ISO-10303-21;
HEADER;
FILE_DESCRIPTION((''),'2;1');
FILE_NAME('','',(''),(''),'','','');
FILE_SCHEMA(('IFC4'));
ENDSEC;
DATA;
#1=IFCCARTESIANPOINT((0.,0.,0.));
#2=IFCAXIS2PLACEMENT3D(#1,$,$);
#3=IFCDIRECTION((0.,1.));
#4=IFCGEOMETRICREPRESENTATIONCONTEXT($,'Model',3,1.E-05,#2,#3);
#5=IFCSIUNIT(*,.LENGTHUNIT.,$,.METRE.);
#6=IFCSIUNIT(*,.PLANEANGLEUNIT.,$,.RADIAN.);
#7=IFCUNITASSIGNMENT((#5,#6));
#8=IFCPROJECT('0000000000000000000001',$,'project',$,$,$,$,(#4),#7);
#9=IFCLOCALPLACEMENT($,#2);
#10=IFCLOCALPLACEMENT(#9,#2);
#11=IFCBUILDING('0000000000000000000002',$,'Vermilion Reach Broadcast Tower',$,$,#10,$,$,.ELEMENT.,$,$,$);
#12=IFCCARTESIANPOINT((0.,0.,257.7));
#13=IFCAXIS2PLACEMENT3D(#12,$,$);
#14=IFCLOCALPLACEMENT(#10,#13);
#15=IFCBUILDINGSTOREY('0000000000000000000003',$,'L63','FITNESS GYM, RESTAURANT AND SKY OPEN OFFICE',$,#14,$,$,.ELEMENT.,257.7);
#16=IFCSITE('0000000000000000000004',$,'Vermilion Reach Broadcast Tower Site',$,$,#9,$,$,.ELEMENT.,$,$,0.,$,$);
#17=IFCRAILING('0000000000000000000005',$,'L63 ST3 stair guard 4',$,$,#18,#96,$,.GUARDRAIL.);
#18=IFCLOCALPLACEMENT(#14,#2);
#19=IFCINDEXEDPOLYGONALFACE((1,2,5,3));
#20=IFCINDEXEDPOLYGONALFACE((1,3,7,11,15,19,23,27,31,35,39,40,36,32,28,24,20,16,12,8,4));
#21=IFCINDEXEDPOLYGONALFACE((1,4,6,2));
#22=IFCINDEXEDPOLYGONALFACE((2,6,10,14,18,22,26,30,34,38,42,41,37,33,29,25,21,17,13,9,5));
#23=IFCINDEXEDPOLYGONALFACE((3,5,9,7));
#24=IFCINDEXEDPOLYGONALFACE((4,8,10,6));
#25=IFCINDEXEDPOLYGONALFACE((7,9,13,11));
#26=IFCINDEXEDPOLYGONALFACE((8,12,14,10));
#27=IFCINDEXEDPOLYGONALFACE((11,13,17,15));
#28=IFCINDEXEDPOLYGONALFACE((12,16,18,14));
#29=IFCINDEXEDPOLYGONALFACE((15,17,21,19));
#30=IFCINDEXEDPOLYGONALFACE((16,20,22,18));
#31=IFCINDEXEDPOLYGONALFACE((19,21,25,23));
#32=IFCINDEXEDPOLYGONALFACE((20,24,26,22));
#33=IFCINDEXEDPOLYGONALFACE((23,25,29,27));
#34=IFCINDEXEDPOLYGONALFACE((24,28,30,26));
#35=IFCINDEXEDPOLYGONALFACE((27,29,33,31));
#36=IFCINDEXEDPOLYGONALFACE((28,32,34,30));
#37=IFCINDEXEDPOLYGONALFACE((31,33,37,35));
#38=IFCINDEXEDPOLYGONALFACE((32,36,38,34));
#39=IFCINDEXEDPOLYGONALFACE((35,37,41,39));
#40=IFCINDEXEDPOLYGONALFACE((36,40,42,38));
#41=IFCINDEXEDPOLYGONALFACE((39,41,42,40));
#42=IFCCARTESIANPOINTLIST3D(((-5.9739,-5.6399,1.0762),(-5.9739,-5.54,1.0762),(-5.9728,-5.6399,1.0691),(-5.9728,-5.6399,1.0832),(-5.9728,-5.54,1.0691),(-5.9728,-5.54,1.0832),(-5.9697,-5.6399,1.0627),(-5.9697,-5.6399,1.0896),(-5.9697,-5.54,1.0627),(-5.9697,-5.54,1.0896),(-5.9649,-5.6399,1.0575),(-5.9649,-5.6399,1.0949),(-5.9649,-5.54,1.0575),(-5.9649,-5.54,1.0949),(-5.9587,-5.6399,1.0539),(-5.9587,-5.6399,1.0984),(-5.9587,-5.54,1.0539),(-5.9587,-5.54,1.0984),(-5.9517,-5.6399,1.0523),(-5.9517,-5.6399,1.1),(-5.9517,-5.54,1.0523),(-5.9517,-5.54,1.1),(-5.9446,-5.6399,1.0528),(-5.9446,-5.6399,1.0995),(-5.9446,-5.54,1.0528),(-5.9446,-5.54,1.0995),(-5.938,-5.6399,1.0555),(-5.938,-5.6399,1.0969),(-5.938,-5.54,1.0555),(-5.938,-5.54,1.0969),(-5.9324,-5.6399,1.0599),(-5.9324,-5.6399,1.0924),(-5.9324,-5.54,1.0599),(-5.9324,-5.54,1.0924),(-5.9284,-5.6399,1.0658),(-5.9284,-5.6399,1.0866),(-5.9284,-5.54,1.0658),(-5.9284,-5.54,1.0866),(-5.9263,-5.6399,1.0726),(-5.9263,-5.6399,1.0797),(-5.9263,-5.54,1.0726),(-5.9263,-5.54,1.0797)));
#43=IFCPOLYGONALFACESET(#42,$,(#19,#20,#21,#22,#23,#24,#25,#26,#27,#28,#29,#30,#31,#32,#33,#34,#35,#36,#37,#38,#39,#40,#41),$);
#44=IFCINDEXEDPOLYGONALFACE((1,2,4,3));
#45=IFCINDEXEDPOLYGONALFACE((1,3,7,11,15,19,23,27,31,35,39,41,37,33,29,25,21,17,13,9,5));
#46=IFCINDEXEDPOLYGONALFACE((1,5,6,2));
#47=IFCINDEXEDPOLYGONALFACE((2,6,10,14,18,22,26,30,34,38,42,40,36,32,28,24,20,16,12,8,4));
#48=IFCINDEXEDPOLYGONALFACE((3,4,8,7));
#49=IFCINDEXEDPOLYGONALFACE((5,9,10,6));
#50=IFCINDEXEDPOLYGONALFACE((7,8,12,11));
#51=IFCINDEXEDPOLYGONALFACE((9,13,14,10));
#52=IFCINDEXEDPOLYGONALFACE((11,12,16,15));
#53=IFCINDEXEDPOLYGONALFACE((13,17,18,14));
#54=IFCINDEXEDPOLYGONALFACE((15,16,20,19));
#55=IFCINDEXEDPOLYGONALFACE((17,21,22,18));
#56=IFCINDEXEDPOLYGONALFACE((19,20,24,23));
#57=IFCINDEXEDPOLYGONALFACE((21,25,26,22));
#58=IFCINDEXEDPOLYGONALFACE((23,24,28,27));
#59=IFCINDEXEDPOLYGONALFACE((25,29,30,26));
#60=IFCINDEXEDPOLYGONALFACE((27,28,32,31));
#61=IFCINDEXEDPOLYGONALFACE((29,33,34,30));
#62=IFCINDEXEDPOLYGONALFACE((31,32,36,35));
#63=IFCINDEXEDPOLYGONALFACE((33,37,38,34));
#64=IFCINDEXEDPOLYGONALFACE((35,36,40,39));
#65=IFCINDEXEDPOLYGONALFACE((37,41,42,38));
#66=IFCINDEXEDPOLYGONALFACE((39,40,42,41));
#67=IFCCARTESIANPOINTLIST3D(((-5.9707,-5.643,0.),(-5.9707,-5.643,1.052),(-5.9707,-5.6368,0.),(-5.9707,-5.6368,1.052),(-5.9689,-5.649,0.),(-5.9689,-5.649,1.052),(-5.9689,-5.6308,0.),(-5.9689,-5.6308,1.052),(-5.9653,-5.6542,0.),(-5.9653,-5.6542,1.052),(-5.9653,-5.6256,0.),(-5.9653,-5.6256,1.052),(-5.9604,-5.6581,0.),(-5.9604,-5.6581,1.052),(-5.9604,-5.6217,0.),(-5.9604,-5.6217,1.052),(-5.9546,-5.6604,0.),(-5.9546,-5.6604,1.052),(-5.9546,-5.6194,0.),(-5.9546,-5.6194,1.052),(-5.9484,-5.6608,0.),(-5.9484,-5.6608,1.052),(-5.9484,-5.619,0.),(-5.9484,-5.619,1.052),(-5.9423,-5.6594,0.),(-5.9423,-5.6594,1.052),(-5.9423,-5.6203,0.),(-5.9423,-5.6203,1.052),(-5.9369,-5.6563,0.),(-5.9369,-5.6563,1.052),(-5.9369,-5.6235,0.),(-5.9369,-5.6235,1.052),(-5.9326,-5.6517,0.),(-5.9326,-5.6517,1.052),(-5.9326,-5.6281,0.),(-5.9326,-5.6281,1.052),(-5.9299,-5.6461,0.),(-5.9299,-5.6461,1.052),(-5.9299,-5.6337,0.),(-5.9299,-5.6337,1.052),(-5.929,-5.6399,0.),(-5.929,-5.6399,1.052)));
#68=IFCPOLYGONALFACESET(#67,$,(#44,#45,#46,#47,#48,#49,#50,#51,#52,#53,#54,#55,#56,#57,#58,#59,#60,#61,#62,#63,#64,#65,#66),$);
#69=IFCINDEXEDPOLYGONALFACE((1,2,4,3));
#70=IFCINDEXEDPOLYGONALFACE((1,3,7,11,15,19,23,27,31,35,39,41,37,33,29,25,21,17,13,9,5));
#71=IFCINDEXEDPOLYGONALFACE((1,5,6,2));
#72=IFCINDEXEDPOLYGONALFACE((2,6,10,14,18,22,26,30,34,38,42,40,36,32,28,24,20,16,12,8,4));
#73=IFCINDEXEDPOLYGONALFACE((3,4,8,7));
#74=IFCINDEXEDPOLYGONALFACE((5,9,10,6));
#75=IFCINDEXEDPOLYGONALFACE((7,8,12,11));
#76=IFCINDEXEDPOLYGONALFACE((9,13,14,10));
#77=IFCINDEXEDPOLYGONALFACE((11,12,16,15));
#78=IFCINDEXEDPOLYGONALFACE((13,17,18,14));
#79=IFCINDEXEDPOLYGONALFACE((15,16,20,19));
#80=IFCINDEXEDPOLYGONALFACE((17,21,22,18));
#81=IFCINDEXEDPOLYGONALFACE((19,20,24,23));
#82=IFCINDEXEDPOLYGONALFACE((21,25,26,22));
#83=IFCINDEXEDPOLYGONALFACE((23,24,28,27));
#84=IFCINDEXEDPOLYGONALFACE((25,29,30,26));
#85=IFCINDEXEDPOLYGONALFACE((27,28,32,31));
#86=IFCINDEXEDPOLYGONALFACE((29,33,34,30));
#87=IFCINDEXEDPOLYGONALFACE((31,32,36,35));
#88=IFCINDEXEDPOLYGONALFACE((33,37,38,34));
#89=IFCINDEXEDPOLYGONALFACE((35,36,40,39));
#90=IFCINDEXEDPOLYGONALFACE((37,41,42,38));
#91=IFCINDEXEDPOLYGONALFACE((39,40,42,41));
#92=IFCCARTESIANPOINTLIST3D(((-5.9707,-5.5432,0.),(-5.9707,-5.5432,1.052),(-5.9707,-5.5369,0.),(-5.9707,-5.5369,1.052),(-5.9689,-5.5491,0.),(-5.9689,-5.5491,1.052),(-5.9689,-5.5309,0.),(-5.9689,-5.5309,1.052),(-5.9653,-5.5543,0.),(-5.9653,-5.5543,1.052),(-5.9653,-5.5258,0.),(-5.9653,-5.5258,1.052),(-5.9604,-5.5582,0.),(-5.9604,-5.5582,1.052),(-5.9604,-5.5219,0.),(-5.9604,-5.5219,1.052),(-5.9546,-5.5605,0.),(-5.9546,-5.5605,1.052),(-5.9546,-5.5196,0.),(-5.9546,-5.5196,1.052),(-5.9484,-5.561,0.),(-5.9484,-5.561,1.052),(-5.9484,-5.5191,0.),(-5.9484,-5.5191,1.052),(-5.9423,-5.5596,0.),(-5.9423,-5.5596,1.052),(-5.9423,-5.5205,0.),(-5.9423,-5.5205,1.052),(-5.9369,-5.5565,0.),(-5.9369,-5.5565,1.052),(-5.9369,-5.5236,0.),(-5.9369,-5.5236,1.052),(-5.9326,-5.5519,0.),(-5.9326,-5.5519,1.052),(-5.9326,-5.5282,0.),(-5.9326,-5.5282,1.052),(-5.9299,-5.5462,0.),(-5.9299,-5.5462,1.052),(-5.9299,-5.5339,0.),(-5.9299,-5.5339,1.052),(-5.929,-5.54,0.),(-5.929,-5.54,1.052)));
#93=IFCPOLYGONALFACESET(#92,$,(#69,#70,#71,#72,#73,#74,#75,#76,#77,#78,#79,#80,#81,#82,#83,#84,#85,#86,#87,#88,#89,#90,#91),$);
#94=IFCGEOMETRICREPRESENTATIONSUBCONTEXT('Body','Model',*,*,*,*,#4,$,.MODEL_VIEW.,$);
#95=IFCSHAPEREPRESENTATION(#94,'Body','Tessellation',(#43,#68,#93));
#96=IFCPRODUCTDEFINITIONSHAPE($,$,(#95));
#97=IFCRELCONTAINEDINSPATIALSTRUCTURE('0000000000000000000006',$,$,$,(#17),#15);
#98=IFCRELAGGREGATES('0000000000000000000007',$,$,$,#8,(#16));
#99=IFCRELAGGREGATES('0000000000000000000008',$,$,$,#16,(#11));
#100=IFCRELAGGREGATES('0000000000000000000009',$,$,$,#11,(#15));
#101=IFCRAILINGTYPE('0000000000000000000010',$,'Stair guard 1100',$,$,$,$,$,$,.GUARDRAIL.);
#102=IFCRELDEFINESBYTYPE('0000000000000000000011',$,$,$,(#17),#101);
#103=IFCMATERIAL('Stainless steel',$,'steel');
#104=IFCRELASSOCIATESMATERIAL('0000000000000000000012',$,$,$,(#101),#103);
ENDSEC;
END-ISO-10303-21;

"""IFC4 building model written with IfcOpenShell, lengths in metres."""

from ifc_helpers import new_model, si_unit, direction, frame, origin, origin_2d, place, context, subcontext, project, spatial, circle, extrude, material, type_object, element, save


model = new_model("IFC4")

# Units and contexts
model_context = context("Model", 3, precision=1e-05, world=origin(), true_north=direction((0.0, 1.0)))
body_context = subcontext(model_context, "Body", "Model", "MODEL_VIEW")
ifc_project = project(units=[si_unit("LENGTHUNIT", "METRE"), si_unit("PLANEANGLEUNIT", "RADIAN")], contexts=[model_context])

# Site, building, storey
site_placement = place(None, origin())
site = spatial("IfcSite", under=ifc_project, at=site_placement, Name="Vermilion Reach Broadcast Tower Site", CompositionType="ELEMENT", RefElevation=0.0)
building_placement = place(site_placement, origin())
building = spatial("IfcBuilding", under=site, at=building_placement, Name="Vermilion Reach Broadcast Tower", CompositionType="ELEMENT")
storey_placement = place(building_placement, frame((0.0, 0.0, 257.7)))
storey = spatial("IfcBuildingStorey", under=building, at=storey_placement, Name="L63", Description="FITNESS GYM, RESTAURANT AND SKY OPEN OFFICE", CompositionType="ELEMENT", Elevation=257.7)

# Railing
ifc_material_1 = material(Name="Stainless steel", Category="steel")
railing_type_1 = type_object("IfcRailingType", Name="Stair guard 1100", PredefinedType="GUARDRAIL", material=ifc_material_1)
railing_1_placement = place(storey_placement, frame((-5.95, -5.6399, 0.0)))
element("IfcRailing", 1, at=railing_1_placement, inside=storey, type_object=railing_type_1, Name="L63 ST3 stair guard 4", PredefinedType="GUARDRAIL", context=body_context, shape_type="SweptSolid", body=[
    extrude(circle(Radius=0.0239, at=origin_2d()), frame((0.0, 0.0, 1.0762), z_axis=(0.0, 1.0, 0.0), x_axis=(-1.0, 0.0, 0.0)), (0.0, 0.0, 1.0), 0.0999),
    extrude(circle(Radius=0.021, at=origin_2d()), origin(), (0.0, 0.0, 1.0), 1.052),
    extrude(circle(Radius=0.021, at=origin_2d()), frame((0.0, 0.0999, 0.0)), (0.0, 0.0, 1.0), 1.052),
])

save(model, "model.ifc")
